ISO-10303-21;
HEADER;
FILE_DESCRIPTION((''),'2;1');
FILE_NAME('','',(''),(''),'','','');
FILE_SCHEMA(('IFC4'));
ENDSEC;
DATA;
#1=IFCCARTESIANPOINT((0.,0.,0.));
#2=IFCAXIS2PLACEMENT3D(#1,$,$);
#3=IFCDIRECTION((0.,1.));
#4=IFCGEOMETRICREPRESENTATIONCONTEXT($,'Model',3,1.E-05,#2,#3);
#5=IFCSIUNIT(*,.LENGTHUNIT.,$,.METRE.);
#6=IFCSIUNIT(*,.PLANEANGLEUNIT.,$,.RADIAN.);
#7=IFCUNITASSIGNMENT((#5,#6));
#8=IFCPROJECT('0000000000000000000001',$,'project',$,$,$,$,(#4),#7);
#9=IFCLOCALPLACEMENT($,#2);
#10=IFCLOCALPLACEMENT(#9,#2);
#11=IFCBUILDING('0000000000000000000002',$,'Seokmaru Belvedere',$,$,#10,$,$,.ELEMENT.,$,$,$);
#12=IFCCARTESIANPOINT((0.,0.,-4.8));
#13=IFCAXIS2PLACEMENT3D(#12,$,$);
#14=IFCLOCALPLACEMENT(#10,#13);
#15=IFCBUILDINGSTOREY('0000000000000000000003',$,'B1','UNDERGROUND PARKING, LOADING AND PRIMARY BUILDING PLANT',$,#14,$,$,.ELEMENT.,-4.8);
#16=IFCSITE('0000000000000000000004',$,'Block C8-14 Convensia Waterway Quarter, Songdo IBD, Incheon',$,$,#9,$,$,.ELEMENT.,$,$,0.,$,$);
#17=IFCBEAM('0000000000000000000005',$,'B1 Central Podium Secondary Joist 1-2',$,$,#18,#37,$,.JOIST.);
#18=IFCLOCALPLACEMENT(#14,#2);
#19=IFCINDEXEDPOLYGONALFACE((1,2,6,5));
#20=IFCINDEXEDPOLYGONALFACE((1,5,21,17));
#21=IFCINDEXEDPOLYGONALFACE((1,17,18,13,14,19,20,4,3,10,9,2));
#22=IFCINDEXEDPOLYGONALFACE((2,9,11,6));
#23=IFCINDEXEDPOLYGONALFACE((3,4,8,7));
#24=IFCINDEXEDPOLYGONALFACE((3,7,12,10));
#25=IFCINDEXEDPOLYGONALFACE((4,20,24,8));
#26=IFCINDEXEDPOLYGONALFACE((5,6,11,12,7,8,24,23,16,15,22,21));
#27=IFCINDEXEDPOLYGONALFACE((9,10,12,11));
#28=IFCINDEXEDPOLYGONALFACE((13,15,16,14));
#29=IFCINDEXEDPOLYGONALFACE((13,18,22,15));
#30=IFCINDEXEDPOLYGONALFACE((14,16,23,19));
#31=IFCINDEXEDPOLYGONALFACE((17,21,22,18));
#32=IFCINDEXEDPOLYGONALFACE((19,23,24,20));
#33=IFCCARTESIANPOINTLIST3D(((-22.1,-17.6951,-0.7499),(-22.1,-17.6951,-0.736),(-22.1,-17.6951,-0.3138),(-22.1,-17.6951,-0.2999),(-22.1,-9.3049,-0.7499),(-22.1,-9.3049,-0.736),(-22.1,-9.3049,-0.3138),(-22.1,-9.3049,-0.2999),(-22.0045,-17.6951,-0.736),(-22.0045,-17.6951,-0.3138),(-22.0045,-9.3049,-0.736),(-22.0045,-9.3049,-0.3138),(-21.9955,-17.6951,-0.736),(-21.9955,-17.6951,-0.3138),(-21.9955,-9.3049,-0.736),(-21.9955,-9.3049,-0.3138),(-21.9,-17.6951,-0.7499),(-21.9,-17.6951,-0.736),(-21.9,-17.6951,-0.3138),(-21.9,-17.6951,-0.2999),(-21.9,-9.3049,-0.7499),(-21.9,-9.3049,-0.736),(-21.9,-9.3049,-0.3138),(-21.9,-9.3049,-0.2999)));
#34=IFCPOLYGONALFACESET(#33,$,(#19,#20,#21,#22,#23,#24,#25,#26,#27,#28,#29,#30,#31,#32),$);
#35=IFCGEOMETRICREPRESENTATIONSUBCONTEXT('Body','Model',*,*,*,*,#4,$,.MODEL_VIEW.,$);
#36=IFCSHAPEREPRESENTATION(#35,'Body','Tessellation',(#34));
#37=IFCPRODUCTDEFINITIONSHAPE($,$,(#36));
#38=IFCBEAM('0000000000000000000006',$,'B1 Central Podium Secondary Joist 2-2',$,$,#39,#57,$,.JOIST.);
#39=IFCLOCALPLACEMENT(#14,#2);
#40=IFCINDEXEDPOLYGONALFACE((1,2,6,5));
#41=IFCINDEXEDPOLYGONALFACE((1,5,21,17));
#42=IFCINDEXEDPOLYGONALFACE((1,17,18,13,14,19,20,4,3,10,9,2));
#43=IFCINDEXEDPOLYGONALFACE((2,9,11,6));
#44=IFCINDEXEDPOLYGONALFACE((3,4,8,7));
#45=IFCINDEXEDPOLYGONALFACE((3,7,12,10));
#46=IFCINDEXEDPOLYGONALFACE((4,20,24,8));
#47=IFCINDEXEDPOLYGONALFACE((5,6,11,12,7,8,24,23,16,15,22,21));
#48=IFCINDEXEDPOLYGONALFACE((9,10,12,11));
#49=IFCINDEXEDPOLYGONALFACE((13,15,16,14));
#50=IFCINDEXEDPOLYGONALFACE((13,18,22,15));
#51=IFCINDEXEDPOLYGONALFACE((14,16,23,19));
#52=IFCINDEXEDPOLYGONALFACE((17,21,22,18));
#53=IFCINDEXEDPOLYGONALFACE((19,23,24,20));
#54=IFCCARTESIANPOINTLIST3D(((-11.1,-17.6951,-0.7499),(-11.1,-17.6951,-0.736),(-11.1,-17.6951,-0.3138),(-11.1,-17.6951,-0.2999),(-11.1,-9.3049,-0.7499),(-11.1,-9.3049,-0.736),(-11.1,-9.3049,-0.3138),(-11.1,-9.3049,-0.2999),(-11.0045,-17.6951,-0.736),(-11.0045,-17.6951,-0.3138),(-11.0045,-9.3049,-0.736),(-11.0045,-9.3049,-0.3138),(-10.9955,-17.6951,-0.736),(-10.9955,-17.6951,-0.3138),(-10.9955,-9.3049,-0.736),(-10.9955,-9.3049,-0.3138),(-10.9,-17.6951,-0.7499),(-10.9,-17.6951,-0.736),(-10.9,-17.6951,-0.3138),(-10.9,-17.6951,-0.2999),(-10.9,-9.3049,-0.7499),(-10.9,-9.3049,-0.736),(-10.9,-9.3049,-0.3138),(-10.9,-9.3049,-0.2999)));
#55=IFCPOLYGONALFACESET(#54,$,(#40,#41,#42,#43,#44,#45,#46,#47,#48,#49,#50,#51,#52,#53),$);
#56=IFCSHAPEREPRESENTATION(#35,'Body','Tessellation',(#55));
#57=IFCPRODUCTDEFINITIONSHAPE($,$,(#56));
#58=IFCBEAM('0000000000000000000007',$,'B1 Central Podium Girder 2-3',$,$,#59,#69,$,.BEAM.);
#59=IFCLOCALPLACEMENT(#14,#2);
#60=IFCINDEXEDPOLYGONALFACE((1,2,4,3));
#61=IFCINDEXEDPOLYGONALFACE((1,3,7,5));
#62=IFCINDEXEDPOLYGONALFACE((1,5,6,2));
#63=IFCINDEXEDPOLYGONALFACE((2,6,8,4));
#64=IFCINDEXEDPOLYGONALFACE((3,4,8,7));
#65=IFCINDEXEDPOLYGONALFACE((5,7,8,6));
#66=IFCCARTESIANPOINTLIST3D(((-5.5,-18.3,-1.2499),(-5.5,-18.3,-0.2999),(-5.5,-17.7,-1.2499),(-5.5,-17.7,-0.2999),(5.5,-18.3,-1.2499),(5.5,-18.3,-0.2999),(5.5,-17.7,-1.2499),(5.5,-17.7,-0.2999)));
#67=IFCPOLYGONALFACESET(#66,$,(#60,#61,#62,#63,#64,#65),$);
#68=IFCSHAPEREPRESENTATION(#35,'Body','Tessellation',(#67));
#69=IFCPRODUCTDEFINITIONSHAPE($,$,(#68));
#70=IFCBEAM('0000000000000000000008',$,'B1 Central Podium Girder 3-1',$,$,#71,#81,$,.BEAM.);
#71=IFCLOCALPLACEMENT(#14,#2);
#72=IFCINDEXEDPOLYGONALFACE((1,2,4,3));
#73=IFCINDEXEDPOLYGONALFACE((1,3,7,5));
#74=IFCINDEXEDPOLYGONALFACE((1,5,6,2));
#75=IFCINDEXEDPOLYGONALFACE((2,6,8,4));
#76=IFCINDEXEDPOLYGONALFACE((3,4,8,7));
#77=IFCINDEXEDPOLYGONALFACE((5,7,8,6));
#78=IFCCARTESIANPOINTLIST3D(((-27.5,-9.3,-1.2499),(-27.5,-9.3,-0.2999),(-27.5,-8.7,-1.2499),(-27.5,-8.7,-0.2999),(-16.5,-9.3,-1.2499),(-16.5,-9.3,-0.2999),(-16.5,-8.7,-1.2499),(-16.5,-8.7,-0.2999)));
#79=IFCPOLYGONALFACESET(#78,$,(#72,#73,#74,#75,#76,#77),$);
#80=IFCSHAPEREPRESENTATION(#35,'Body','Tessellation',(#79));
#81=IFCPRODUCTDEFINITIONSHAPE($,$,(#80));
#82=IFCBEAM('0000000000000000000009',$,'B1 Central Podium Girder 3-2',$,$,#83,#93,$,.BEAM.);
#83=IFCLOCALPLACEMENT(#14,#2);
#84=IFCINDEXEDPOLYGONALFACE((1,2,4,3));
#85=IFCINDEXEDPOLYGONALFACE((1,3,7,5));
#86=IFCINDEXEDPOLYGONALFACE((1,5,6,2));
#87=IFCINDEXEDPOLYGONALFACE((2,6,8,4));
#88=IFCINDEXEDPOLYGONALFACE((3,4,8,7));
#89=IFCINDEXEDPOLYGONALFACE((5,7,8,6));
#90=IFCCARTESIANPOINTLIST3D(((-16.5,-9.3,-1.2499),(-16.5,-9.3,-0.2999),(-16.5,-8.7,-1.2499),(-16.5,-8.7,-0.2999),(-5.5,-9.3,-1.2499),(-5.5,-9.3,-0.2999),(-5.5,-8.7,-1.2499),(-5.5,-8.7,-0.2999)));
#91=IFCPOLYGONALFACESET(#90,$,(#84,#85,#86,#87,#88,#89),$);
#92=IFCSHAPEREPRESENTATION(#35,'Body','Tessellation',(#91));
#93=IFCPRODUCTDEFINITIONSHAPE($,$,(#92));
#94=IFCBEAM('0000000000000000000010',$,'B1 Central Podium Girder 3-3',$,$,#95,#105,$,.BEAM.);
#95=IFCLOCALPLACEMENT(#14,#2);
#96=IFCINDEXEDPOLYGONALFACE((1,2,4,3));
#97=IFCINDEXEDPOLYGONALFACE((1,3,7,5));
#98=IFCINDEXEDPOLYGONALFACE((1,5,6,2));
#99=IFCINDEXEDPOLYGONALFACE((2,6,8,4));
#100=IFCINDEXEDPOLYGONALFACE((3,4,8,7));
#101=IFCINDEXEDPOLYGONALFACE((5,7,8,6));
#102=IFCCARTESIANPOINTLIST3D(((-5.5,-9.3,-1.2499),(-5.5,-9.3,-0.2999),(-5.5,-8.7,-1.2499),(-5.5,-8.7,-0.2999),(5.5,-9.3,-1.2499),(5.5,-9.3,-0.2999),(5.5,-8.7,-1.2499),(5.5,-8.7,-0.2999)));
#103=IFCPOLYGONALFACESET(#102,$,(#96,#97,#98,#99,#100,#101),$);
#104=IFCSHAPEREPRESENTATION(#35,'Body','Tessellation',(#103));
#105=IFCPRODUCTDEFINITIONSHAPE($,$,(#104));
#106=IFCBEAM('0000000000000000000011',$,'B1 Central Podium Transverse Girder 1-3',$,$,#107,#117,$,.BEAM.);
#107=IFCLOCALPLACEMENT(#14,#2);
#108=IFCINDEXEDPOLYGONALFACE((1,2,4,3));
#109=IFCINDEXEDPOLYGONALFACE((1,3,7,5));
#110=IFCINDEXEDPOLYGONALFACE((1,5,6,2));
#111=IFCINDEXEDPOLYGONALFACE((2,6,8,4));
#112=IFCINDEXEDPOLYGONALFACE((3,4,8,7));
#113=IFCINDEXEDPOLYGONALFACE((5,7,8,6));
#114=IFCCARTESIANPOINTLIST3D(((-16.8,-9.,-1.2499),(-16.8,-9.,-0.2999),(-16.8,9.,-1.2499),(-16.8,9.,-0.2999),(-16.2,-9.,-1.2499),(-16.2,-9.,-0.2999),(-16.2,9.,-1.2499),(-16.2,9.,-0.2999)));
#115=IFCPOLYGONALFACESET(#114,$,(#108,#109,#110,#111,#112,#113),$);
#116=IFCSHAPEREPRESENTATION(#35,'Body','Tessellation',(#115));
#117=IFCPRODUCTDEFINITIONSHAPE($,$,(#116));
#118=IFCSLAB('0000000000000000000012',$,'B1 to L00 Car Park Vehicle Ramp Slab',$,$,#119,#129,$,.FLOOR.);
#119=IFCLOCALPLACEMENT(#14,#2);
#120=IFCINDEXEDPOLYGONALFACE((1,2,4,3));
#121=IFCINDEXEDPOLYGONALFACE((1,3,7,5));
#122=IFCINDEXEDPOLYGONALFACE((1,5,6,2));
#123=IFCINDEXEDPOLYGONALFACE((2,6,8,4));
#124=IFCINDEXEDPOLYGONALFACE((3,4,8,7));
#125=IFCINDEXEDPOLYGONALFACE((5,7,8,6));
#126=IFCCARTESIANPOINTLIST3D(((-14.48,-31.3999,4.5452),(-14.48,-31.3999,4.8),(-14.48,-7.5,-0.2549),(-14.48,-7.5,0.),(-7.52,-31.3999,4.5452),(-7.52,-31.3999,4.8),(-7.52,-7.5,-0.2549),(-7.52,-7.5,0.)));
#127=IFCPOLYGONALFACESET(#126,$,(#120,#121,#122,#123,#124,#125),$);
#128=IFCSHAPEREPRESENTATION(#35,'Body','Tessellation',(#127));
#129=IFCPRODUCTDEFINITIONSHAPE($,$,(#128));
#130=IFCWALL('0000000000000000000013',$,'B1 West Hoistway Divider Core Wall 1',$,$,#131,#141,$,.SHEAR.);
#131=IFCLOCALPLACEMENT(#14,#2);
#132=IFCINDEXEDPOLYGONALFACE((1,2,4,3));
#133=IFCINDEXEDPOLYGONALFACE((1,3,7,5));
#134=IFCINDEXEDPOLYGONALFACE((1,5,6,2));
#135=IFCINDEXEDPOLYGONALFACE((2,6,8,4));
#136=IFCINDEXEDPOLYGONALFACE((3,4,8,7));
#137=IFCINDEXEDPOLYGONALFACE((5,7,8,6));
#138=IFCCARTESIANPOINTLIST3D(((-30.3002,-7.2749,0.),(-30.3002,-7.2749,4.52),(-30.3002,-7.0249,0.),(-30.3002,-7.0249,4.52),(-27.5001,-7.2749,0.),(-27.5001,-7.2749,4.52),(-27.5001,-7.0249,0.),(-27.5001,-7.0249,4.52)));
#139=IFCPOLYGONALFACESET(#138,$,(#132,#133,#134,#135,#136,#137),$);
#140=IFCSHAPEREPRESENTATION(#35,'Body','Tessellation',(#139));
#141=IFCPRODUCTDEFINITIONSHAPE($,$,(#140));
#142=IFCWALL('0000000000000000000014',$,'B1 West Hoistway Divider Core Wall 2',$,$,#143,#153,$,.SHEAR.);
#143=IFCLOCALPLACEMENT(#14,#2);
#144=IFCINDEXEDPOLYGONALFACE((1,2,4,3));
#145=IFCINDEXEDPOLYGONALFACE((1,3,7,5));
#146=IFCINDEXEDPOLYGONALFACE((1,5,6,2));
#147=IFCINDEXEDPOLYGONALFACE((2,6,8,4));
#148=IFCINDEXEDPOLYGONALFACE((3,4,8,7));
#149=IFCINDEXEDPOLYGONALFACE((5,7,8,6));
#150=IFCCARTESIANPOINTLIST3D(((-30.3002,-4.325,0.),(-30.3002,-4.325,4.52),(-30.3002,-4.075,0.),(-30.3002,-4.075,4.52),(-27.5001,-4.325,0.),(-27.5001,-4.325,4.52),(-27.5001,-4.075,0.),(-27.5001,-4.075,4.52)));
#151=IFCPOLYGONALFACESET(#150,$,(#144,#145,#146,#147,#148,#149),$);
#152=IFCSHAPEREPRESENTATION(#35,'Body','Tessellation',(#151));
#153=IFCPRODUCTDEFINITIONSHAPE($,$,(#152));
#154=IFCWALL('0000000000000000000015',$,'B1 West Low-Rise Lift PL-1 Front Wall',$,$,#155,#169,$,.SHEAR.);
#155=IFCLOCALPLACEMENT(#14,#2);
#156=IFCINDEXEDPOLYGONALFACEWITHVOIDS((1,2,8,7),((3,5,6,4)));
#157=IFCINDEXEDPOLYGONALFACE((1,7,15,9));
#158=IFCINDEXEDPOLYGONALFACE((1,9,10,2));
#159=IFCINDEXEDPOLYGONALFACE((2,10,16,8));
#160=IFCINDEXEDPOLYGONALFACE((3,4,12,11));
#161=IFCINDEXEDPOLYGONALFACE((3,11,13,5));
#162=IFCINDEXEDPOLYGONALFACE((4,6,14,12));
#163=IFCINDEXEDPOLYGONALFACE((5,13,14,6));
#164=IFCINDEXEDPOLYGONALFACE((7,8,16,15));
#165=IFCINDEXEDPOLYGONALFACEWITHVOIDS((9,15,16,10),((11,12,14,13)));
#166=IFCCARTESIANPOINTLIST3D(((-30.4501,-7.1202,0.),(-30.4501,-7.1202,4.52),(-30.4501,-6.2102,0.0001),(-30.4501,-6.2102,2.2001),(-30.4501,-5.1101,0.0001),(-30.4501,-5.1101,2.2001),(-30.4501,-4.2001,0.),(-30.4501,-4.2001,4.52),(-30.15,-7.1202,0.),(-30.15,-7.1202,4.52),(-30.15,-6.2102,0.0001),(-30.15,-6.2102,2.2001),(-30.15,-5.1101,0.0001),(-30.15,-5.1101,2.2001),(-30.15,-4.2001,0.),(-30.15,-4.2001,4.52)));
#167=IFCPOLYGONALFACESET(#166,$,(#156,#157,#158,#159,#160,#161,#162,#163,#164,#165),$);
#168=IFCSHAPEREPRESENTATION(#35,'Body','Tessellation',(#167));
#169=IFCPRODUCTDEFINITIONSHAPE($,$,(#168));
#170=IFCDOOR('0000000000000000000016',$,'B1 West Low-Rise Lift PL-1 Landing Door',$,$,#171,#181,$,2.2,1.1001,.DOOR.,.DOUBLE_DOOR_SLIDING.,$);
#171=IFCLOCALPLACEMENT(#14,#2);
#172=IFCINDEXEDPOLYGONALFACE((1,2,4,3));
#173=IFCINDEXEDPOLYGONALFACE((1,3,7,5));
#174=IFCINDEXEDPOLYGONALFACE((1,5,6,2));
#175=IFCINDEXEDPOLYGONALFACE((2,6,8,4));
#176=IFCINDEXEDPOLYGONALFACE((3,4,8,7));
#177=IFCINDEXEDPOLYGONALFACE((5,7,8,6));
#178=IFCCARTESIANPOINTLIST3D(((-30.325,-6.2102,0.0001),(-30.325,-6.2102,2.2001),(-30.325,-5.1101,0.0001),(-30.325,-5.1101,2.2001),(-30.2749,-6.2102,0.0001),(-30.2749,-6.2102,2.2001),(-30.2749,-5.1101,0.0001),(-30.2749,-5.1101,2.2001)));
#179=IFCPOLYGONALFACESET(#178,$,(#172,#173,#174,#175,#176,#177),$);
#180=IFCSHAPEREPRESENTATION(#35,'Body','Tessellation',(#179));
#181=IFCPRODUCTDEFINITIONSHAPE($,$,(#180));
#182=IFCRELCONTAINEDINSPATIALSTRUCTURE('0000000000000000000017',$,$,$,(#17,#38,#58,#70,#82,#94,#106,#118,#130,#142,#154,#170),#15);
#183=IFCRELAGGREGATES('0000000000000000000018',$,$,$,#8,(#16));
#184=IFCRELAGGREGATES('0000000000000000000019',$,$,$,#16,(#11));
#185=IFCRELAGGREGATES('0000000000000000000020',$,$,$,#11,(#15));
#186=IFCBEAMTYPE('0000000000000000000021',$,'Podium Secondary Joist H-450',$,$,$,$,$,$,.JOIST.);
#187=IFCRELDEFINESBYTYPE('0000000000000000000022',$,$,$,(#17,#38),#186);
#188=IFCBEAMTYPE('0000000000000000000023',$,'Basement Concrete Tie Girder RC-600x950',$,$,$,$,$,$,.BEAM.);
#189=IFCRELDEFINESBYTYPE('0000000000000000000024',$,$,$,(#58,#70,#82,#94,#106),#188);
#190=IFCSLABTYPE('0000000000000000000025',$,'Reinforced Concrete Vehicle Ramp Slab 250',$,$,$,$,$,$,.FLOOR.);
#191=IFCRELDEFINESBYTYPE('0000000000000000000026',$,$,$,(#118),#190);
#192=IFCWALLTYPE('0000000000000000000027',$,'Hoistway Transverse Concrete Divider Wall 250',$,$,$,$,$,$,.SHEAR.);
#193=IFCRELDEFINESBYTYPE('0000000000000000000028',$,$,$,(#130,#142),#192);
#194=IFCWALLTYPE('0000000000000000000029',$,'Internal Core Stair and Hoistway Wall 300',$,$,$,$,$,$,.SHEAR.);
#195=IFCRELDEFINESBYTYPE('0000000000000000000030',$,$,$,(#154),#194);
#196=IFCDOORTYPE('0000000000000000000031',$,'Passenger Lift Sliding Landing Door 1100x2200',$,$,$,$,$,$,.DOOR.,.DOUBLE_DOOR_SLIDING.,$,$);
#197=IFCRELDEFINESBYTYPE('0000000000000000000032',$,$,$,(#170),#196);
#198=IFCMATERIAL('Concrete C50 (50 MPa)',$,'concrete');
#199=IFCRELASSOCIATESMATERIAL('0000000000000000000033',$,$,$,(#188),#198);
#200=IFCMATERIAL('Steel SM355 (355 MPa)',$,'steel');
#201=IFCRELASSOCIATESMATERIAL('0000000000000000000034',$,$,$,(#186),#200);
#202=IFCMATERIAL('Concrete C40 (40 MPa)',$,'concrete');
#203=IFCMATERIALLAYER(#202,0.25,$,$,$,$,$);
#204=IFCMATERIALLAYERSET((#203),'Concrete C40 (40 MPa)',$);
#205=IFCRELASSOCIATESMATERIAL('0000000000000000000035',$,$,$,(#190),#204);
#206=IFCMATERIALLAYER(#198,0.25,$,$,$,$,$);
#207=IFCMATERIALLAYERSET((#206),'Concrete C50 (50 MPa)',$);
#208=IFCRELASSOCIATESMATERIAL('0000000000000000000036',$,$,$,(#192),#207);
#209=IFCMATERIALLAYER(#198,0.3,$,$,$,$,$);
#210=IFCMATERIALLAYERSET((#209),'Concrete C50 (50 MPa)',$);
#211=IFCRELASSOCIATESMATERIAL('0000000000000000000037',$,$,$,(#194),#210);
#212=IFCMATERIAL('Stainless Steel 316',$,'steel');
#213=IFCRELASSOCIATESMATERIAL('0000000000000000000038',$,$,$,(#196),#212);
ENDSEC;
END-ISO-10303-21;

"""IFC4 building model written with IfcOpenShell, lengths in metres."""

from ifc_helpers import new_model, si_unit, direction, frame, frame_2d, origin, origin_2d, place, context, subcontext, project, spatial, polyline, rectangle, i_section, outline, extrude, source, transform, mapped, material, layer, layer_set, material_profile, profile_set, type_object, type_shapes, element, fill, save


model = new_model("IFC4")

# Units and contexts
model_context = context("Model", 3, precision=1e-05, world=origin(), true_north=direction((0.0, 1.0)))
body_context = subcontext(model_context, "Body", "Model", "MODEL_VIEW")
ifc_project = project(units=[si_unit("LENGTHUNIT", "METRE"), si_unit("PLANEANGLEUNIT", "RADIAN")], contexts=[model_context])

# Site, building, storey
site_placement = place(None, origin())
site = spatial("IfcSite", under=ifc_project, at=site_placement, Name="Block C8-14 Convensia Waterway Quarter, Songdo IBD, Incheon", CompositionType="ELEMENT", RefElevation=0.0)
building_placement = place(site_placement, origin())
building = spatial("IfcBuilding", under=site, at=building_placement, Name="Seokmaru Belvedere", CompositionType="ELEMENT")
storey_placement = place(building_placement, frame((0.0, 0.0, -4.8)))
storey = spatial("IfcBuildingStorey", under=building, at=storey_placement, Name="B1", Description="UNDERGROUND PARKING, LOADING AND PRIMARY BUILDING PLANT", CompositionType="ELEMENT", Elevation=-4.8)

# Beams
ifc_material_1 = material(Name="Steel SM355 (355 MPa)", Category="steel")
ifc_material_2 = material(Name="Concrete C50 (50 MPa)", Category="concrete")
ifc_material_profile_1 = material_profile(ifc_material_2, rectangle(XDim=0.6001, YDim=0.95, at=origin_2d()), Name="RC-600x950")
ifc_profile_set_1 = profile_set([ifc_material_profile_1], Name="Concrete C50 (50 MPa)")
beam_type_1 = type_object("IfcBeamType", Name="Basement Concrete Tie Girder RC-600x950", PredefinedType="BEAM", material=ifc_profile_set_1)
ifc_material_profile_2 = material_profile(ifc_material_1, i_section(OverallWidth=0.2, OverallDepth=0.45, WebThickness=0.009, FlangeThickness=0.0139, at=origin_2d()), Name="H-450x200x9x14")
ifc_profile_set_2 = profile_set([ifc_material_profile_2], Name="Steel SM355 (355 MPa)")
beam_type_2 = type_object("IfcBeamType", Name="Podium Secondary Joist H-450", PredefinedType="JOIST", material=ifc_profile_set_2)
shared_shape_1 = source(origin(), body_context, "Body", "SweptSolid", [
    extrude(i_section(OverallWidth=0.2, OverallDepth=0.45, WebThickness=0.009, FlangeThickness=0.0139, at=origin_2d()), origin(), (0.0, 0.0, 1.0), 8.3901),
])
type_shapes(beam_type_2, [shared_shape_1])
for number, where, z_axis, x_axis, name in (
    (1, (-22.0, -17.6951, -0.5249), (0.0, 1.0, 0.0), (-1.0, 0.0, 0.0), "B1 Central Podium Secondary Joist 1-2"),
    (2, (-11.0, -17.6951, -0.5249), (0.0, 1.0, 0.0), (-1.0, 0.0, 0.0), "B1 Central Podium Secondary Joist 2-2"),
):
    element("IfcBeam", number, at=place(storey_placement, frame(where, z_axis=z_axis, x_axis=x_axis)), inside=storey, type_object=beam_type_2, Name=name, PredefinedType="JOIST", context=body_context, shape_type="MappedRepresentation", body=[
        mapped(shared_shape_1, transform((0.0, 0.0, 0.0), scale=1.0)),
    ])
shared_shape_2 = source(origin(), body_context, "Body", "SweptSolid", [
    extrude(rectangle(XDim=0.6001, YDim=0.95, at=origin_2d()), origin(), (0.0, 0.0, 1.0), 11.0),
])
for number, where, z_axis, x_axis, name in (
    (3, (-5.5, -18.0, -0.7749), (1.0, 0.0, 0.0), (0.0, 1.0, 0.0), "B1 Central Podium Girder 2-3"),
    (4, (-27.5, -9.0, -0.7749), (1.0, 0.0, 0.0), (0.0, 1.0, 0.0), "B1 Central Podium Girder 3-1"),
    (5, (-16.5, -9.0, -0.7749), (1.0, 0.0, 0.0), (0.0, 1.0, 0.0), "B1 Central Podium Girder 3-2"),
    (6, (-5.5, -9.0, -0.7749), (1.0, 0.0, 0.0), (0.0, 1.0, 0.0), "B1 Central Podium Girder 3-3"),
):
    element("IfcBeam", number, at=place(storey_placement, frame(where, z_axis=z_axis, x_axis=x_axis)), inside=storey, type_object=beam_type_1, Name=name, PredefinedType="BEAM", context=body_context, shape_type="MappedRepresentation", body=[
        mapped(shared_shape_2, transform((0.0, 0.0, 0.0), scale=1.0)),
    ])
shared_shape_3 = source(origin(), body_context, "Body", "SweptSolid", [
    extrude(rectangle(XDim=0.6001, YDim=0.95, at=origin_2d()), origin(), (0.0, 0.0, 1.0), 18.0),
])
beam_1_placement = place(storey_placement, frame((-16.5, -9.0, -0.7749), z_axis=(0.0, 1.0, 0.0), x_axis=(-1.0, 0.0, 0.0)))
element("IfcBeam", 7, at=beam_1_placement, inside=storey, type_object=beam_type_1, Name="B1 Central Podium Transverse Girder 1-3", PredefinedType="BEAM", context=body_context, shape_type="MappedRepresentation", body=[
    mapped(shared_shape_3, transform((0.0, 0.0, 0.0), scale=1.0)),
])

# Slab
ifc_material_3 = material(Name="Concrete C40 (40 MPa)", Category="concrete")
ifc_layer_1 = layer(ifc_material_3, 0.25)
ifc_layer_set_1 = layer_set([ifc_layer_1], Name="Concrete C40 (40 MPa)")
slab_type = type_object("IfcSlabType", Name="Reinforced Concrete Vehicle Ramp Slab 250", PredefinedType="FLOOR", material=ifc_layer_set_1)
slab_placement = place(storey_placement, frame((-11.0, -7.5, 0.0), z_axis=(0.0, 0.0, 1.0), x_axis=(0.0, -1.0, 0.0)))
element("IfcSlab", 8, at=slab_placement, inside=storey, type_object=slab_type, Name="B1 to L00 Car Park Vehicle Ramp Slab", PredefinedType="FLOOR", context=body_context, shape_type="SweptSolid", body=[
    extrude(outline(polyline([(0.0, 0.0), (23.8999, 4.8), (23.8999, 4.5452), (0.0, -0.2549), (0.0, 0.0)])), frame((0.0, 3.48, 0.0), z_axis=(0.0, -1.0, 0.0), x_axis=(1.0, 0.0, 0.0)), (0.0, 0.0, 1.0), 6.96),
])

# Walls
ifc_layer_2 = layer(ifc_material_2, 0.25)
ifc_layer_set_2 = layer_set([ifc_layer_2], Name="Concrete C50 (50 MPa)")
wall_type_1 = type_object("IfcWallType", Name="Hoistway Transverse Concrete Divider Wall 250", PredefinedType="SHEAR", material=ifc_layer_set_2)
for number, where, z_axis, x_axis, name in (
    (9, (-30.3, -7.1499, 0.0), (0.0, 0.0, 1.0), (1.0, 0.0, 0.0), "B1 West Hoistway Divider Core Wall 1"),
    (10, (-30.3, -4.2, 0.0), (0.0, 0.0, 1.0), (1.0, 0.0, 0.0), "B1 West Hoistway Divider Core Wall 2"),
):
    element("IfcWall", number, at=place(storey_placement, frame(where, z_axis=z_axis, x_axis=x_axis)), inside=storey, type_object=wall_type_1, Name=name, PredefinedType="SHEAR", context=body_context, shape_type="SweptSolid", body=[
        extrude(rectangle(XDim=2.8, YDim=0.25, at=frame_2d((1.3999, 0.0))), origin(), (0.0, 0.0, 1.0), 4.52),
    ])

# Wall, opening, door
ifc_layer_3 = layer(ifc_material_2, 0.3)
ifc_layer_set_3 = layer_set([ifc_layer_3], Name="Concrete C50 (50 MPa)")
wall_type_2 = type_object("IfcWallType", Name="Internal Core Stair and Hoistway Wall 300", PredefinedType="SHEAR", material=ifc_layer_set_3)
wall_1_placement = place(storey_placement, frame((-30.3, -7.1201, 0.0), z_axis=(0.0, 0.0, 1.0), x_axis=(0.0, 1.0, 0.0)))
wall_1 = element("IfcWall", 11, at=wall_1_placement, inside=storey, type_object=wall_type_2, Name="B1 West Low-Rise Lift PL-1 Front Wall", PredefinedType="SHEAR", context=body_context, shape_type="SweptSolid", body=[
    extrude(rectangle(XDim=2.9202, YDim=0.3, at=frame_2d((1.46, 0.0))), origin(), (0.0, 0.0, 1.0), 4.52),
])
opening_1_placement = place(wall_1_placement, frame((0.9099, 0.0, 0.0)))
opening_1 = element("IfcOpeningElement", 12, at=opening_1_placement, cuts=wall_1, PredefinedType="OPENING", context=body_context, shape_type="SweptSolid", body=[
    extrude(rectangle(XDim=1.1001, YDim=2.2, at=frame_2d((0.55, 1.1001))), frame((0.0, 0.1602, 0.0), z_axis=(0.0, -1.0, 0.0), x_axis=(1.0, 0.0, 0.0)), (0.0, 0.0, 1.0), 0.3201),
])
ifc_material_4 = material(Name="Stainless Steel 316", Category="steel")
door_type = type_object("IfcDoorType", Name="Passenger Lift Sliding Landing Door 1100x2200", OperationType="DOUBLE_DOOR_SLIDING", PredefinedType="DOOR", material=ifc_material_4)
shared_shape_4 = source(origin(), body_context, "Body", "SweptSolid", [
    extrude(rectangle(XDim=1.1001, YDim=2.2, at=frame_2d((0.55, 1.1001))), frame((0.0, 0.0249, 0.0), z_axis=(0.0, -1.0, 0.0), x_axis=(1.0, 0.0, 0.0)), (0.0, 0.0, 1.0), 0.05),
])
type_shapes(door_type, [shared_shape_4])
door_1_placement = place(opening_1_placement, origin())
door_1 = element("IfcDoor", 13, at=door_1_placement, inside=storey, type_object=door_type, Name="B1 West Low-Rise Lift PL-1 Landing Door", OperationType="DOUBLE_DOOR_SLIDING", OverallHeight=2.2, OverallWidth=1.1001, PredefinedType="DOOR", context=body_context, shape_type="MappedRepresentation", body=[
    mapped(shared_shape_4, transform((0.0, 0.0, 0.0), scale=1.0)),
])
fill(opening_1, door_1)

save(model, "model.ifc")
